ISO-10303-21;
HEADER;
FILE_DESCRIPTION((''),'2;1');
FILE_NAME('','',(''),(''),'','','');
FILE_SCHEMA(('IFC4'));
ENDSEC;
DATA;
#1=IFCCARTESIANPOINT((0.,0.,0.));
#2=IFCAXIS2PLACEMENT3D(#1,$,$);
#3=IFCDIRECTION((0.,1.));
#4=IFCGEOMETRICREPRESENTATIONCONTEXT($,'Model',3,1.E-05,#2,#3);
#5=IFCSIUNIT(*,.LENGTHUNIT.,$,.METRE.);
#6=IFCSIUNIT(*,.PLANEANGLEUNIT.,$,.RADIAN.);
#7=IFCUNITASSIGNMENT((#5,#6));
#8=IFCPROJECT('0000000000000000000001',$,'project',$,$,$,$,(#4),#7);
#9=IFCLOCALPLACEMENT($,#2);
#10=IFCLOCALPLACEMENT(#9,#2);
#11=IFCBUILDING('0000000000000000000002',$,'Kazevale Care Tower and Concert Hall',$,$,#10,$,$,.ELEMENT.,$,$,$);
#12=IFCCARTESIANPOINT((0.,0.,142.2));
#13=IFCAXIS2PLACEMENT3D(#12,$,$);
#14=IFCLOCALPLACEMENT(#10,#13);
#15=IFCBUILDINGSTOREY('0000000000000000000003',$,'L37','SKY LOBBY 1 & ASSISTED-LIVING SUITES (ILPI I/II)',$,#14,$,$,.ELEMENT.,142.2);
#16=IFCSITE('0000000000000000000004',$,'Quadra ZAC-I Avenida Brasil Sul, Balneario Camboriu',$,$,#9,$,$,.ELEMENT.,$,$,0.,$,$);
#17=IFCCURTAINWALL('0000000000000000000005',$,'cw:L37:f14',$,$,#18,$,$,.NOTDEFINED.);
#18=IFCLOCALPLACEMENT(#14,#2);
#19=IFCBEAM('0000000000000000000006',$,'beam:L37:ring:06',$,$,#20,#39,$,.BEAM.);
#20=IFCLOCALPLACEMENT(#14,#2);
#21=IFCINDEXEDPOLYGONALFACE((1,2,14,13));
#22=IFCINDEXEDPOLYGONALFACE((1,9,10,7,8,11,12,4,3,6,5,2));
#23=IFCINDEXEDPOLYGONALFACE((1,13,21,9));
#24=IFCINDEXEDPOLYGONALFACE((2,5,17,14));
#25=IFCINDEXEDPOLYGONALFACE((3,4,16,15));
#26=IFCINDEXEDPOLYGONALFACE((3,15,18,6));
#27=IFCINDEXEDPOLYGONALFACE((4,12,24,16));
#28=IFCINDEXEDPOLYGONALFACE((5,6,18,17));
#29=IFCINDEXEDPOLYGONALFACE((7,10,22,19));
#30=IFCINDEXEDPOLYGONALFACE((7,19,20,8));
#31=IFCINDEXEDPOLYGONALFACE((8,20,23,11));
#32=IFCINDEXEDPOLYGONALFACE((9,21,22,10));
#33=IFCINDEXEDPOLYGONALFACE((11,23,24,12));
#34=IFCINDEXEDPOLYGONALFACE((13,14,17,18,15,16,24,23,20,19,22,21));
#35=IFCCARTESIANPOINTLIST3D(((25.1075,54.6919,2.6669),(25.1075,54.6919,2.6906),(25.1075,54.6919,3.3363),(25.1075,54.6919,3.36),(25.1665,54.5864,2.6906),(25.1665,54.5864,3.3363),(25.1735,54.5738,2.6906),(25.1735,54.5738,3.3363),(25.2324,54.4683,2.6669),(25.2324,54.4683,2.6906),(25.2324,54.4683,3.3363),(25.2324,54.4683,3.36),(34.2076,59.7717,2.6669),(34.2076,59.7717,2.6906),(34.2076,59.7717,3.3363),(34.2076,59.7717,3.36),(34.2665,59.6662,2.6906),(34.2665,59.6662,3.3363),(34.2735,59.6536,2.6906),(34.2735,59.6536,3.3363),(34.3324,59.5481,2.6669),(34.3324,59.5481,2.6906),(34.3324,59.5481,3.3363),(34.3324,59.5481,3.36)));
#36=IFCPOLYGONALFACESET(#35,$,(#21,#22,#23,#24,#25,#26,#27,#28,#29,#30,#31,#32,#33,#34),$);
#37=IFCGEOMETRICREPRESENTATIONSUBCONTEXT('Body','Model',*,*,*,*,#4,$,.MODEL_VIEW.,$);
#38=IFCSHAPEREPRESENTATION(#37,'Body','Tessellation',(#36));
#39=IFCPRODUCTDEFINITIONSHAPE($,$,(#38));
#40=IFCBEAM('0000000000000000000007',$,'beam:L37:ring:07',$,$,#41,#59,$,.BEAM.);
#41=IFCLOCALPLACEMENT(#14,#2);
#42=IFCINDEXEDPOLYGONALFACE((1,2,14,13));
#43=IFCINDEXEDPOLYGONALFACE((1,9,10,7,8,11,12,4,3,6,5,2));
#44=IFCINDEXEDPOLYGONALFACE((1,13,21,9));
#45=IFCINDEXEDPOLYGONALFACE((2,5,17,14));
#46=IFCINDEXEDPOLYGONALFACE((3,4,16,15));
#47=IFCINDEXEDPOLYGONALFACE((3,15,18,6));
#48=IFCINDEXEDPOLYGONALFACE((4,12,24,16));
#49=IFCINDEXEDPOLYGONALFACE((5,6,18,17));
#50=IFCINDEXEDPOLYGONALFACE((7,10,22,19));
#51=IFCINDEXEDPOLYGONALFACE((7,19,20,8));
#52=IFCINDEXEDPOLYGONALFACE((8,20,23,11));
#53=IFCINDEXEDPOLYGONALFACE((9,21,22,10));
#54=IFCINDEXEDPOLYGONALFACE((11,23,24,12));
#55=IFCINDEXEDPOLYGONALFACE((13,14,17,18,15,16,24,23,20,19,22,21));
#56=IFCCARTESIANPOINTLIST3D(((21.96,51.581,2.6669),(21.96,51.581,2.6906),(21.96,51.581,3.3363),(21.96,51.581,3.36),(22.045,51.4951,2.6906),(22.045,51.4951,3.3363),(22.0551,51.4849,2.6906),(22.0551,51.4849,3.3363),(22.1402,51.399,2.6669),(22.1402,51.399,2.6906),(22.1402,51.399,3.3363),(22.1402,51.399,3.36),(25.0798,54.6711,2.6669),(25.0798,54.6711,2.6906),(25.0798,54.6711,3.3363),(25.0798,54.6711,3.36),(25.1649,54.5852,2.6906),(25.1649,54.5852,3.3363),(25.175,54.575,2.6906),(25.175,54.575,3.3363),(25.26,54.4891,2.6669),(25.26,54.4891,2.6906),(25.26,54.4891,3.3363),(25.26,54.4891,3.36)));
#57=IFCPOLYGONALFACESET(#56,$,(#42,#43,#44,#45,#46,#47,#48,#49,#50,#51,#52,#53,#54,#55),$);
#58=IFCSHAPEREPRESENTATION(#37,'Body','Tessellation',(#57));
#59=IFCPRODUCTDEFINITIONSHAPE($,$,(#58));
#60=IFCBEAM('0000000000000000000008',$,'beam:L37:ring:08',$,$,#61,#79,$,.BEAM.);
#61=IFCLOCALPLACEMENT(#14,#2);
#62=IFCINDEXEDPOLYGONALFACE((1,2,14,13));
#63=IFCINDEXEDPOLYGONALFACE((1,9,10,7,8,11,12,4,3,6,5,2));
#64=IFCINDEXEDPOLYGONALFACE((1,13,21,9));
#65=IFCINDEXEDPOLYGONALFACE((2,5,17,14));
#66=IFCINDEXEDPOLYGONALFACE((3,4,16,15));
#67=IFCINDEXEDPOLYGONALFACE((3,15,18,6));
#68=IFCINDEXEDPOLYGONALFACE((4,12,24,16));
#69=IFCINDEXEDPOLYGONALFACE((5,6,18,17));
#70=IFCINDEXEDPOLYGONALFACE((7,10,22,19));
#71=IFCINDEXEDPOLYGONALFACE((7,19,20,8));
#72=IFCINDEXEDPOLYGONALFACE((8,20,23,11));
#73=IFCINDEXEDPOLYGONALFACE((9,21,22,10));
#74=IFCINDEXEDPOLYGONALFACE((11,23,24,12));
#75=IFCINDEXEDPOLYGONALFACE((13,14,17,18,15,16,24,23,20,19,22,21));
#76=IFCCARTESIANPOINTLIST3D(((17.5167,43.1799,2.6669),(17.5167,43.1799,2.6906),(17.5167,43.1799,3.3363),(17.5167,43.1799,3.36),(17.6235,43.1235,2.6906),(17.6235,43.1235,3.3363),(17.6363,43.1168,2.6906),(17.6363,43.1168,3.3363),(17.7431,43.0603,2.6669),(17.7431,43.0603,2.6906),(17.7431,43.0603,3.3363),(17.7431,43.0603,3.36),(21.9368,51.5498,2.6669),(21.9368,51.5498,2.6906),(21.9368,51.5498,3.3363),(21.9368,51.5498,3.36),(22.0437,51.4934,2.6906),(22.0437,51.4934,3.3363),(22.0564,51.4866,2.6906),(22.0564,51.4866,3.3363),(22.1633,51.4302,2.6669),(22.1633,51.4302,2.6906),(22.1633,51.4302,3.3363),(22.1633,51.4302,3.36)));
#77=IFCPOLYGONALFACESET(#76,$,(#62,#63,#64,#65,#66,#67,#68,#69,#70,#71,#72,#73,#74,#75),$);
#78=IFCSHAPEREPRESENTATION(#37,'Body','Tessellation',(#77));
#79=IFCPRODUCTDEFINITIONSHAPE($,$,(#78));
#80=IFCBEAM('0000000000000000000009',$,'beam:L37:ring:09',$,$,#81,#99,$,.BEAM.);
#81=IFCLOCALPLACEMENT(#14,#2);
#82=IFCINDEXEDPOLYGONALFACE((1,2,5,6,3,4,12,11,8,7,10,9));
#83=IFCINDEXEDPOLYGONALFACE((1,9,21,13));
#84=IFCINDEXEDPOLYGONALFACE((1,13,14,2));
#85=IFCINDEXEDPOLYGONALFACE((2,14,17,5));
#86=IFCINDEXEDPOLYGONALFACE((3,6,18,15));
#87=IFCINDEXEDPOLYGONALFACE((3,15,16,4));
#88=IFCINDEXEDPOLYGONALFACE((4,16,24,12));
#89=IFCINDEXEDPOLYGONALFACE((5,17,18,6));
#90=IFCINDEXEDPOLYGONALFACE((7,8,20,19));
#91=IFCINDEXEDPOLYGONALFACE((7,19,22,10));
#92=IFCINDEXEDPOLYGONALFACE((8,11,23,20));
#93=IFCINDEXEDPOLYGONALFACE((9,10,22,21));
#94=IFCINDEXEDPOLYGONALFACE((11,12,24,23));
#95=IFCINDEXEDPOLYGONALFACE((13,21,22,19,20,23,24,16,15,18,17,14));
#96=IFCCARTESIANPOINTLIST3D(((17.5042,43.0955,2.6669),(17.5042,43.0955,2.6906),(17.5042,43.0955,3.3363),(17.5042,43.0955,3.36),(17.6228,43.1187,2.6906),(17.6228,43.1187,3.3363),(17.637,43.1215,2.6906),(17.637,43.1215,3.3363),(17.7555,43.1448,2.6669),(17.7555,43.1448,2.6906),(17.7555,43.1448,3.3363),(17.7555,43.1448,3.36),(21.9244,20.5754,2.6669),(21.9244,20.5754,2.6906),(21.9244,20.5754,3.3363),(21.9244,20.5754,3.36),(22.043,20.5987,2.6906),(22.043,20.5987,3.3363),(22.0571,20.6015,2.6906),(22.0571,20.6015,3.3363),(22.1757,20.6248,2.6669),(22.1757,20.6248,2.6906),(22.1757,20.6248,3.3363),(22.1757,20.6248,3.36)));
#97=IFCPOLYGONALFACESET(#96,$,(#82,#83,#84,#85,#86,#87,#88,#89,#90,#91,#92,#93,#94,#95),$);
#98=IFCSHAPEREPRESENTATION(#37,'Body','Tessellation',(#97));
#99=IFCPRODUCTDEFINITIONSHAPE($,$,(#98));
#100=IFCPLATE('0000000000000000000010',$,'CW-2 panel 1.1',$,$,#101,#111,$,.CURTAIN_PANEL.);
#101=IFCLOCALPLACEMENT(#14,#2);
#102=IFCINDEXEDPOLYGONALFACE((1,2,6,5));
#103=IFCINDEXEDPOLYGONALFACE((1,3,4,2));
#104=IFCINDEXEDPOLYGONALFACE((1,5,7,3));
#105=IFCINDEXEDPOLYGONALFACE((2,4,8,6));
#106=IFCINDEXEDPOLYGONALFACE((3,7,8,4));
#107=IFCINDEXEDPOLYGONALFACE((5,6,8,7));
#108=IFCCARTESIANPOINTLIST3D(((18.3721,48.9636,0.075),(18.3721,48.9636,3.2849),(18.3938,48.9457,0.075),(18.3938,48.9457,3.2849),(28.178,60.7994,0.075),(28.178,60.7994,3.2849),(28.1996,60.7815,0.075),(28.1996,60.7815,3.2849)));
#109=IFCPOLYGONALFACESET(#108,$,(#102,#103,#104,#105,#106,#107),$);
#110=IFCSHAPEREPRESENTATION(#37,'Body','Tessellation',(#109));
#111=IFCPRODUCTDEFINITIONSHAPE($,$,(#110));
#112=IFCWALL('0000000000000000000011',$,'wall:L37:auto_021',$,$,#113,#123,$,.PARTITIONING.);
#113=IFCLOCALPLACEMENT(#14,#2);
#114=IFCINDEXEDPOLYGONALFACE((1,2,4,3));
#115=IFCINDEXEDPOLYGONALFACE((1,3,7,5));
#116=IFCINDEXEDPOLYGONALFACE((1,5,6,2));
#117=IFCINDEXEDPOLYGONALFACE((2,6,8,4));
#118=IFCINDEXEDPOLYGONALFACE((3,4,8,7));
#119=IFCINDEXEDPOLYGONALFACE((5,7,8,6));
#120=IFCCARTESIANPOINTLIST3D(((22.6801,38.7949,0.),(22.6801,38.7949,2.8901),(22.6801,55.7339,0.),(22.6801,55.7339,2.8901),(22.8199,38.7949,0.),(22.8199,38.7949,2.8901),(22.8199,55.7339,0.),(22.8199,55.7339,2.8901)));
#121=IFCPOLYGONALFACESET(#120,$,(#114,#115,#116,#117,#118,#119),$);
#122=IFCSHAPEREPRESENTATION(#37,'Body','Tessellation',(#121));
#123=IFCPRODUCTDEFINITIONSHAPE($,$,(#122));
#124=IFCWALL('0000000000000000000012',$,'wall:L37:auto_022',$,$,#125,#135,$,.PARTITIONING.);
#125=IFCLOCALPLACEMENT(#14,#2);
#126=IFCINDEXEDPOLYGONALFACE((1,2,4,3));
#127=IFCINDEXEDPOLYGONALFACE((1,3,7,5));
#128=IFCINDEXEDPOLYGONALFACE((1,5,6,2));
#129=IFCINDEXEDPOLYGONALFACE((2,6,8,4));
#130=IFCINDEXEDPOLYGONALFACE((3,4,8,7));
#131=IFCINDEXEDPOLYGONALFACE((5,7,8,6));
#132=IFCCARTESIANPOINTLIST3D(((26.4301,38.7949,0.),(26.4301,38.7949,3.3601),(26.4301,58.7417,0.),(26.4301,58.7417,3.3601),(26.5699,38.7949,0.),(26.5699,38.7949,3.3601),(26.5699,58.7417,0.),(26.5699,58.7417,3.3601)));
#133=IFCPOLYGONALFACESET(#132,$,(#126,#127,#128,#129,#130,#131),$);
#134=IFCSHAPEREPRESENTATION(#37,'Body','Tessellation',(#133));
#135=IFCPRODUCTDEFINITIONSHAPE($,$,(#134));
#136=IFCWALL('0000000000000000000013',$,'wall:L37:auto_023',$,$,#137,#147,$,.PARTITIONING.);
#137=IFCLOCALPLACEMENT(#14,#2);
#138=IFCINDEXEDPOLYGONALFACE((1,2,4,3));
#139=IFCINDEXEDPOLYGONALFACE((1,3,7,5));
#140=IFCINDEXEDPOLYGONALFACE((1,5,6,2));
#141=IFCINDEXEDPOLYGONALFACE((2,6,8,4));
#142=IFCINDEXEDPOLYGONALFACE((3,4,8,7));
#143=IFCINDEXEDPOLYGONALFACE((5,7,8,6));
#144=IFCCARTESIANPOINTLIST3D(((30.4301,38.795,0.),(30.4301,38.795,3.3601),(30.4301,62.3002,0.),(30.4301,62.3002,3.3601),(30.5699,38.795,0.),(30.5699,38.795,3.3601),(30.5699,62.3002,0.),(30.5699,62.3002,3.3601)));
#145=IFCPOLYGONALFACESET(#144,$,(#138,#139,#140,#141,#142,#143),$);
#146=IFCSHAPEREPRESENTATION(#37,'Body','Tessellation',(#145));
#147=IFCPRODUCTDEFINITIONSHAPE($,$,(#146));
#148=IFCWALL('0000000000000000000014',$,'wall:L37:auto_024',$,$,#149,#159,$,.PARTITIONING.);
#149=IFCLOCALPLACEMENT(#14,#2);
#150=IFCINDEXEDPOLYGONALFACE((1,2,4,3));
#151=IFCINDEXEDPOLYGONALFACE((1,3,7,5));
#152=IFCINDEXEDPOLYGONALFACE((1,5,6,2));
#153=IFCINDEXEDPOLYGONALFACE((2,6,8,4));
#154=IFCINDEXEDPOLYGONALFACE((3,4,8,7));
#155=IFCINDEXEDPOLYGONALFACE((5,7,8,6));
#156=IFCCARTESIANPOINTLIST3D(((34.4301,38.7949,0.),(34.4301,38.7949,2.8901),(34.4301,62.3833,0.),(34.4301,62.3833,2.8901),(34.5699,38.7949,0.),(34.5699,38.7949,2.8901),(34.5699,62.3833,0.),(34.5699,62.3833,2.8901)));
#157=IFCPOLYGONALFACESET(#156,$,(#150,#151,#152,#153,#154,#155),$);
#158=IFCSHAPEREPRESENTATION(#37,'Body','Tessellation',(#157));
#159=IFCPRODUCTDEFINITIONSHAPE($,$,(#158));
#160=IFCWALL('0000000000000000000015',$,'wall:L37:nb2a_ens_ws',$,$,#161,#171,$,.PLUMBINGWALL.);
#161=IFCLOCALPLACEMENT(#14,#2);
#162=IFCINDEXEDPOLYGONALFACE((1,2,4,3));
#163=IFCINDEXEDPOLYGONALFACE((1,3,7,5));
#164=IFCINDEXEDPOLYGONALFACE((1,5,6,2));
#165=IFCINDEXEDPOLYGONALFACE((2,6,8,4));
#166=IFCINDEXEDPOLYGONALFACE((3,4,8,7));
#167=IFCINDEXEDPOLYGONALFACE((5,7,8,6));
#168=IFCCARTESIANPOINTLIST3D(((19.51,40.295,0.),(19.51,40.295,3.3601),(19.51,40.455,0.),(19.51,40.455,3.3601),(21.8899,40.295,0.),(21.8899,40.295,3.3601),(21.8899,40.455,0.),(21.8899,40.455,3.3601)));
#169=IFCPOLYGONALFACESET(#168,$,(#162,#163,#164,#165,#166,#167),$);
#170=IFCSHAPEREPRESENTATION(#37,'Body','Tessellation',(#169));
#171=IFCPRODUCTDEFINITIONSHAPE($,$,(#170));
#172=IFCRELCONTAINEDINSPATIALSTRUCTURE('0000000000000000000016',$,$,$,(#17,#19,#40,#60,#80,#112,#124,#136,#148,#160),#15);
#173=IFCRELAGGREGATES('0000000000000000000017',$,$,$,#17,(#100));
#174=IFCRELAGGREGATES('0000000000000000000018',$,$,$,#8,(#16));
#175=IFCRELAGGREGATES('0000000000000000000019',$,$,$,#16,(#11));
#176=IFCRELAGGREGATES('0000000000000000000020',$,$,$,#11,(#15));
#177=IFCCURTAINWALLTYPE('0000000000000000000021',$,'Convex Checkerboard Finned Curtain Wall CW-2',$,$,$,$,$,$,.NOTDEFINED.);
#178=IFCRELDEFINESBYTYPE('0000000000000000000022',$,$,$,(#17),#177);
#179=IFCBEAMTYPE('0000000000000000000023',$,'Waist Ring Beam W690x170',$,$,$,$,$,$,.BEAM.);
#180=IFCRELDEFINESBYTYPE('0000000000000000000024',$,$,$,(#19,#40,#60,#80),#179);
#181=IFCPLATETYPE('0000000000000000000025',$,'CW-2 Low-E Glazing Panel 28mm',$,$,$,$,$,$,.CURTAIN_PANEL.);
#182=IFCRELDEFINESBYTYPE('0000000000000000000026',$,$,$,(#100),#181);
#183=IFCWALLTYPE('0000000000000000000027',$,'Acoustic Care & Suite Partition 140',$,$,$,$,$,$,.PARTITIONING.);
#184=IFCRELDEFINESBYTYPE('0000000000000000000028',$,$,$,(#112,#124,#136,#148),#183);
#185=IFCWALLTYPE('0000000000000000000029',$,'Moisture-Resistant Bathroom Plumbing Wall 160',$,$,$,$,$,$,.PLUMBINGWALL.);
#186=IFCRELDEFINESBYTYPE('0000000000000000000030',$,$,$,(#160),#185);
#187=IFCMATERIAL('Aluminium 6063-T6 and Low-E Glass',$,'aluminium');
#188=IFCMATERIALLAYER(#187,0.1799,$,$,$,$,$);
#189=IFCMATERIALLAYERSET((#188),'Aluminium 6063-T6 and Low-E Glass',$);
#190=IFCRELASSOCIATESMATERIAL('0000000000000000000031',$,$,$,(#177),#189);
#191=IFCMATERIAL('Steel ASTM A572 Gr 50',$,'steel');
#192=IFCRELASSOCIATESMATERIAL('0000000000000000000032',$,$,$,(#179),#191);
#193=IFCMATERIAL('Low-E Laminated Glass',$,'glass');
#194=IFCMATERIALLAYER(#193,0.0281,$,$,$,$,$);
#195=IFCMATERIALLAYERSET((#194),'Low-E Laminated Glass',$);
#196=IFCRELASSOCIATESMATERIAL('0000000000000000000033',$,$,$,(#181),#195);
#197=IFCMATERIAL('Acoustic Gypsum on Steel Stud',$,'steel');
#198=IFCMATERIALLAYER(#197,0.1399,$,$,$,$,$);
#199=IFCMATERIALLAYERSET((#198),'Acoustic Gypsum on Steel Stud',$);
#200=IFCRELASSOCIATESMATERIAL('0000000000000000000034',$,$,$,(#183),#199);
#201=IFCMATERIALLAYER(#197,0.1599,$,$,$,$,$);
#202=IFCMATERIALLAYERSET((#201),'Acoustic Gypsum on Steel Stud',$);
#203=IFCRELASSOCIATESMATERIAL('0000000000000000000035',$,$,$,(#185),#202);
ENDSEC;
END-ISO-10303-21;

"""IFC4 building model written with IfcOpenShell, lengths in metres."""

from ifc_helpers import new_model, si_unit, direction, frame, frame_2d, origin, origin_2d, place, context, subcontext, project, spatial, rectangle, i_section, extrude, material, layer, layer_set, material_profile, profile_set, type_object, element, aggregate, save


model = new_model("IFC4")

# Units and contexts
model_context = context("Model", 3, precision=1e-05, world=origin(), true_north=direction((0.0, 1.0)))
body_context = subcontext(model_context, "Body", "Model", "MODEL_VIEW")
ifc_project = project(units=[si_unit("LENGTHUNIT", "METRE"), si_unit("PLANEANGLEUNIT", "RADIAN")], contexts=[model_context])

# Site, building, storey
site_placement = place(None, origin())
site = spatial("IfcSite", under=ifc_project, at=site_placement, Name="Quadra ZAC-I Avenida Brasil Sul, Balneario Camboriu", CompositionType="ELEMENT", RefElevation=0.0)
building_placement = place(site_placement, origin())
building = spatial("IfcBuilding", under=site, at=building_placement, Name="Kazevale Care Tower and Concert Hall", CompositionType="ELEMENT")
storey_placement = place(building_placement, frame((0.0, 0.0, 142.2)))
storey = spatial("IfcBuildingStorey", under=building, at=storey_placement, Name="L37", Description="SKY LOBBY 1 & ASSISTED-LIVING SUITES (ILPI I/II)", CompositionType="ELEMENT", Elevation=142.2)

# Curtain wall
ifc_material_1 = material(Name="Aluminium 6063-T6 and Low-E Glass", Category="aluminium")
ifc_layer_1 = layer(ifc_material_1, 0.1799)
ifc_layer_set_1 = layer_set([ifc_layer_1], Name="Aluminium 6063-T6 and Low-E Glass")
curtain_wall_type_1 = type_object("IfcCurtainWallType", Name="Convex Checkerboard Finned Curtain Wall CW-2", PredefinedType="NOTDEFINED", material=ifc_layer_set_1)
curtain_wall_1_placement = place(storey_placement, origin())
curtain_wall_1 = element("IfcCurtainWall", 1, at=curtain_wall_1_placement, inside=storey, type_object=curtain_wall_type_1, Name="cw:L37:f14", PredefinedType="NOTDEFINED")

# Beams
ifc_material_2 = material(Name="Steel ASTM A572 Gr 50", Category="steel")
ifc_material_profile_1 = material_profile(ifc_material_2, i_section(OverallWidth=0.2561, OverallDepth=0.6931, WebThickness=0.0144, FlangeThickness=0.0237, at=origin_2d()), Name="W690x170")
ifc_profile_set_1 = profile_set([ifc_material_profile_1], Name="Steel ASTM A572 Gr 50")
beam_type_1 = type_object("IfcBeamType", Name="Waist Ring Beam W690x170", PredefinedType="BEAM", material=ifc_profile_set_1)
beam_1_placement = place(storey_placement, frame((34.27, 59.6599, 3.0134), z_axis=(-0.873169, -0.487418, 0.0), x_axis=(0.487418, -0.873169, 0.0)))
element("IfcBeam", 2, at=beam_1_placement, inside=storey, type_object=beam_type_1, Name="beam:L37:ring:06", PredefinedType="BEAM", context=body_context, shape_type="SweptSolid", body=[
    extrude(i_section(OverallWidth=0.2561, OverallDepth=0.6931, WebThickness=0.0144, FlangeThickness=0.0237, at=origin_2d()), origin(), (0.0, 0.0, 1.0), 10.4219),
])
beam_2_placement = place(storey_placement, frame((25.1699, 54.5801, 3.0134), z_axis=(-0.71049, -0.703707, 0.0), x_axis=(0.703707, -0.71049, 0.0)))
element("IfcBeam", 3, at=beam_2_placement, inside=storey, type_object=beam_type_1, Name="beam:L37:ring:07", PredefinedType="BEAM", context=body_context, shape_type="SweptSolid", body=[
    extrude(i_section(OverallWidth=0.2561, OverallDepth=0.6931, WebThickness=0.0144, FlangeThickness=0.0237, at=origin_2d()), origin(), (0.0, 0.0, 1.0), 4.3911),
])
beam_3_placement = place(storey_placement, frame((22.05, 51.49, 3.0134), z_axis=(-0.466984, -0.884266, 0.0), x_axis=(0.884266, -0.466984, 0.0)))
element("IfcBeam", 4, at=beam_3_placement, inside=storey, type_object=beam_type_1, Name="beam:L37:ring:08", PredefinedType="BEAM", context=body_context, shape_type="SweptSolid", body=[
    extrude(i_section(OverallWidth=0.2561, OverallDepth=0.6931, WebThickness=0.0144, FlangeThickness=0.0237, at=origin_2d()), origin(), (0.0, 0.0, 1.0), 9.4653),
])
beam_4_placement = place(storey_placement, frame((17.6299, 43.1201, 3.0134), z_axis=(0.192602, -0.981277, 0.0), x_axis=(0.981277, 0.192602, 0.0)))
element("IfcBeam", 5, at=beam_4_placement, inside=storey, type_object=beam_type_1, Name="beam:L37:ring:09", PredefinedType="BEAM", context=body_context, shape_type="SweptSolid", body=[
    extrude(i_section(OverallWidth=0.2561, OverallDepth=0.6931, WebThickness=0.0144, FlangeThickness=0.0237, at=origin_2d()), origin(), (0.0, 0.0, 1.0), 22.9497),
])

# Plate
ifc_material_3 = material(Name="Low-E Laminated Glass", Category="glass")
ifc_layer_2 = layer(ifc_material_3, 0.0281)
ifc_layer_set_2 = layer_set([ifc_layer_2], Name="Low-E Laminated Glass")
plate_type = type_object("IfcPlateType", Name="CW-2 Low-E Glazing Panel 28mm", PredefinedType="CURTAIN_PANEL", material=ifc_layer_set_2)
plate_placement = place(storey_placement, frame((23.2859, 54.8726, 0.075), z_axis=(0.0, 0.0, 1.0), x_axis=(0.637984, 0.77005, 0.0)))
plate = element("IfcPlate", 6, at=plate_placement, type_object=plate_type, Name="CW-2 panel 1.1", PredefinedType="CURTAIN_PANEL", context=body_context, shape_type="SweptSolid", body=[
    extrude(rectangle(XDim=15.3701, YDim=0.0281, at=origin_2d()), origin(), (0.0, 0.0, 1.0), 3.21),
])
aggregate(curtain_wall_1, [plate])

# Walls
ifc_material_4 = material(Name="Acoustic Gypsum on Steel Stud", Category="steel")
ifc_layer_3 = layer(ifc_material_4, 0.1399)
ifc_layer_set_3 = layer_set([ifc_layer_3], Name="Acoustic Gypsum on Steel Stud")
wall_type_1 = type_object("IfcWallType", Name="Acoustic Care & Suite Partition 140", PredefinedType="PARTITIONING", material=ifc_layer_set_3)
wall_1_placement = place(storey_placement, frame((22.75, 55.7339, 0.0), z_axis=(0.0, 0.0, 1.0), x_axis=(0.0, -1.0, 0.0)))
element("IfcWall", 7, at=wall_1_placement, inside=storey, type_object=wall_type_1, Name="wall:L37:auto_021", PredefinedType="PARTITIONING", context=body_context, shape_type="SweptSolid", body=[
    extrude(rectangle(XDim=16.939, YDim=0.1399, at=frame_2d((8.4695, 0.0))), origin(), (0.0, 0.0, 1.0), 2.8901),
])
wall_2_placement = place(storey_placement, frame((26.5, 58.7417, 0.0), z_axis=(0.0, 0.0, 1.0), x_axis=(0.0, -1.0, 0.0)))
element("IfcWall", 8, at=wall_2_placement, inside=storey, type_object=wall_type_1, Name="wall:L37:auto_022", PredefinedType="PARTITIONING", context=body_context, shape_type="SweptSolid", body=[
    extrude(rectangle(XDim=19.9468, YDim=0.1399, at=frame_2d((9.9734, 0.0))), origin(), (0.0, 0.0, 1.0), 3.3601),
])
wall_3_placement = place(storey_placement, frame((30.5, 62.3, 0.0), z_axis=(0.0, 0.0, 1.0), x_axis=(0.0, -1.0, 0.0)))
element("IfcWall", 9, at=wall_3_placement, inside=storey, type_object=wall_type_1, Name="wall:L37:auto_023", PredefinedType="PARTITIONING", context=body_context, shape_type="SweptSolid", body=[
    extrude(rectangle(XDim=23.5051, YDim=0.1399, at=frame_2d((11.7524, 0.0))), origin(), (0.0, 0.0, 1.0), 3.3601),
])
wall_4_placement = place(storey_placement, frame((34.5, 62.3833, 0.0), z_axis=(0.0, 0.0, 1.0), x_axis=(0.0, -1.0, 0.0)))
element("IfcWall", 10, at=wall_4_placement, inside=storey, type_object=wall_type_1, Name="wall:L37:auto_024", PredefinedType="PARTITIONING", context=body_context, shape_type="SweptSolid", body=[
    extrude(rectangle(XDim=23.5884, YDim=0.1399, at=frame_2d((11.7942, 0.0))), origin(), (0.0, 0.0, 1.0), 2.8901),
])
ifc_layer_4 = layer(ifc_material_4, 0.1599)
ifc_layer_set_4 = layer_set([ifc_layer_4], Name="Acoustic Gypsum on Steel Stud")
wall_type_2 = type_object("IfcWallType", Name="Moisture-Resistant Bathroom Plumbing Wall 160", PredefinedType="PLUMBINGWALL", material=ifc_layer_set_4)
wall_5_placement = place(storey_placement, frame((19.51, 40.375, 0.0), z_axis=(0.0, 0.0, 1.0), x_axis=(1.0, 0.0, 0.0)))
element("IfcWall", 11, at=wall_5_placement, inside=storey, type_object=wall_type_2, Name="wall:L37:nb2a_ens_ws", PredefinedType="PLUMBINGWALL", context=body_context, shape_type="SweptSolid", body=[
    extrude(rectangle(XDim=2.3799, YDim=0.1599, at=frame_2d((1.1899, 0.0))), origin(), (0.0, 0.0, 1.0), 3.3601),
])

save(model, "model.ifc")
